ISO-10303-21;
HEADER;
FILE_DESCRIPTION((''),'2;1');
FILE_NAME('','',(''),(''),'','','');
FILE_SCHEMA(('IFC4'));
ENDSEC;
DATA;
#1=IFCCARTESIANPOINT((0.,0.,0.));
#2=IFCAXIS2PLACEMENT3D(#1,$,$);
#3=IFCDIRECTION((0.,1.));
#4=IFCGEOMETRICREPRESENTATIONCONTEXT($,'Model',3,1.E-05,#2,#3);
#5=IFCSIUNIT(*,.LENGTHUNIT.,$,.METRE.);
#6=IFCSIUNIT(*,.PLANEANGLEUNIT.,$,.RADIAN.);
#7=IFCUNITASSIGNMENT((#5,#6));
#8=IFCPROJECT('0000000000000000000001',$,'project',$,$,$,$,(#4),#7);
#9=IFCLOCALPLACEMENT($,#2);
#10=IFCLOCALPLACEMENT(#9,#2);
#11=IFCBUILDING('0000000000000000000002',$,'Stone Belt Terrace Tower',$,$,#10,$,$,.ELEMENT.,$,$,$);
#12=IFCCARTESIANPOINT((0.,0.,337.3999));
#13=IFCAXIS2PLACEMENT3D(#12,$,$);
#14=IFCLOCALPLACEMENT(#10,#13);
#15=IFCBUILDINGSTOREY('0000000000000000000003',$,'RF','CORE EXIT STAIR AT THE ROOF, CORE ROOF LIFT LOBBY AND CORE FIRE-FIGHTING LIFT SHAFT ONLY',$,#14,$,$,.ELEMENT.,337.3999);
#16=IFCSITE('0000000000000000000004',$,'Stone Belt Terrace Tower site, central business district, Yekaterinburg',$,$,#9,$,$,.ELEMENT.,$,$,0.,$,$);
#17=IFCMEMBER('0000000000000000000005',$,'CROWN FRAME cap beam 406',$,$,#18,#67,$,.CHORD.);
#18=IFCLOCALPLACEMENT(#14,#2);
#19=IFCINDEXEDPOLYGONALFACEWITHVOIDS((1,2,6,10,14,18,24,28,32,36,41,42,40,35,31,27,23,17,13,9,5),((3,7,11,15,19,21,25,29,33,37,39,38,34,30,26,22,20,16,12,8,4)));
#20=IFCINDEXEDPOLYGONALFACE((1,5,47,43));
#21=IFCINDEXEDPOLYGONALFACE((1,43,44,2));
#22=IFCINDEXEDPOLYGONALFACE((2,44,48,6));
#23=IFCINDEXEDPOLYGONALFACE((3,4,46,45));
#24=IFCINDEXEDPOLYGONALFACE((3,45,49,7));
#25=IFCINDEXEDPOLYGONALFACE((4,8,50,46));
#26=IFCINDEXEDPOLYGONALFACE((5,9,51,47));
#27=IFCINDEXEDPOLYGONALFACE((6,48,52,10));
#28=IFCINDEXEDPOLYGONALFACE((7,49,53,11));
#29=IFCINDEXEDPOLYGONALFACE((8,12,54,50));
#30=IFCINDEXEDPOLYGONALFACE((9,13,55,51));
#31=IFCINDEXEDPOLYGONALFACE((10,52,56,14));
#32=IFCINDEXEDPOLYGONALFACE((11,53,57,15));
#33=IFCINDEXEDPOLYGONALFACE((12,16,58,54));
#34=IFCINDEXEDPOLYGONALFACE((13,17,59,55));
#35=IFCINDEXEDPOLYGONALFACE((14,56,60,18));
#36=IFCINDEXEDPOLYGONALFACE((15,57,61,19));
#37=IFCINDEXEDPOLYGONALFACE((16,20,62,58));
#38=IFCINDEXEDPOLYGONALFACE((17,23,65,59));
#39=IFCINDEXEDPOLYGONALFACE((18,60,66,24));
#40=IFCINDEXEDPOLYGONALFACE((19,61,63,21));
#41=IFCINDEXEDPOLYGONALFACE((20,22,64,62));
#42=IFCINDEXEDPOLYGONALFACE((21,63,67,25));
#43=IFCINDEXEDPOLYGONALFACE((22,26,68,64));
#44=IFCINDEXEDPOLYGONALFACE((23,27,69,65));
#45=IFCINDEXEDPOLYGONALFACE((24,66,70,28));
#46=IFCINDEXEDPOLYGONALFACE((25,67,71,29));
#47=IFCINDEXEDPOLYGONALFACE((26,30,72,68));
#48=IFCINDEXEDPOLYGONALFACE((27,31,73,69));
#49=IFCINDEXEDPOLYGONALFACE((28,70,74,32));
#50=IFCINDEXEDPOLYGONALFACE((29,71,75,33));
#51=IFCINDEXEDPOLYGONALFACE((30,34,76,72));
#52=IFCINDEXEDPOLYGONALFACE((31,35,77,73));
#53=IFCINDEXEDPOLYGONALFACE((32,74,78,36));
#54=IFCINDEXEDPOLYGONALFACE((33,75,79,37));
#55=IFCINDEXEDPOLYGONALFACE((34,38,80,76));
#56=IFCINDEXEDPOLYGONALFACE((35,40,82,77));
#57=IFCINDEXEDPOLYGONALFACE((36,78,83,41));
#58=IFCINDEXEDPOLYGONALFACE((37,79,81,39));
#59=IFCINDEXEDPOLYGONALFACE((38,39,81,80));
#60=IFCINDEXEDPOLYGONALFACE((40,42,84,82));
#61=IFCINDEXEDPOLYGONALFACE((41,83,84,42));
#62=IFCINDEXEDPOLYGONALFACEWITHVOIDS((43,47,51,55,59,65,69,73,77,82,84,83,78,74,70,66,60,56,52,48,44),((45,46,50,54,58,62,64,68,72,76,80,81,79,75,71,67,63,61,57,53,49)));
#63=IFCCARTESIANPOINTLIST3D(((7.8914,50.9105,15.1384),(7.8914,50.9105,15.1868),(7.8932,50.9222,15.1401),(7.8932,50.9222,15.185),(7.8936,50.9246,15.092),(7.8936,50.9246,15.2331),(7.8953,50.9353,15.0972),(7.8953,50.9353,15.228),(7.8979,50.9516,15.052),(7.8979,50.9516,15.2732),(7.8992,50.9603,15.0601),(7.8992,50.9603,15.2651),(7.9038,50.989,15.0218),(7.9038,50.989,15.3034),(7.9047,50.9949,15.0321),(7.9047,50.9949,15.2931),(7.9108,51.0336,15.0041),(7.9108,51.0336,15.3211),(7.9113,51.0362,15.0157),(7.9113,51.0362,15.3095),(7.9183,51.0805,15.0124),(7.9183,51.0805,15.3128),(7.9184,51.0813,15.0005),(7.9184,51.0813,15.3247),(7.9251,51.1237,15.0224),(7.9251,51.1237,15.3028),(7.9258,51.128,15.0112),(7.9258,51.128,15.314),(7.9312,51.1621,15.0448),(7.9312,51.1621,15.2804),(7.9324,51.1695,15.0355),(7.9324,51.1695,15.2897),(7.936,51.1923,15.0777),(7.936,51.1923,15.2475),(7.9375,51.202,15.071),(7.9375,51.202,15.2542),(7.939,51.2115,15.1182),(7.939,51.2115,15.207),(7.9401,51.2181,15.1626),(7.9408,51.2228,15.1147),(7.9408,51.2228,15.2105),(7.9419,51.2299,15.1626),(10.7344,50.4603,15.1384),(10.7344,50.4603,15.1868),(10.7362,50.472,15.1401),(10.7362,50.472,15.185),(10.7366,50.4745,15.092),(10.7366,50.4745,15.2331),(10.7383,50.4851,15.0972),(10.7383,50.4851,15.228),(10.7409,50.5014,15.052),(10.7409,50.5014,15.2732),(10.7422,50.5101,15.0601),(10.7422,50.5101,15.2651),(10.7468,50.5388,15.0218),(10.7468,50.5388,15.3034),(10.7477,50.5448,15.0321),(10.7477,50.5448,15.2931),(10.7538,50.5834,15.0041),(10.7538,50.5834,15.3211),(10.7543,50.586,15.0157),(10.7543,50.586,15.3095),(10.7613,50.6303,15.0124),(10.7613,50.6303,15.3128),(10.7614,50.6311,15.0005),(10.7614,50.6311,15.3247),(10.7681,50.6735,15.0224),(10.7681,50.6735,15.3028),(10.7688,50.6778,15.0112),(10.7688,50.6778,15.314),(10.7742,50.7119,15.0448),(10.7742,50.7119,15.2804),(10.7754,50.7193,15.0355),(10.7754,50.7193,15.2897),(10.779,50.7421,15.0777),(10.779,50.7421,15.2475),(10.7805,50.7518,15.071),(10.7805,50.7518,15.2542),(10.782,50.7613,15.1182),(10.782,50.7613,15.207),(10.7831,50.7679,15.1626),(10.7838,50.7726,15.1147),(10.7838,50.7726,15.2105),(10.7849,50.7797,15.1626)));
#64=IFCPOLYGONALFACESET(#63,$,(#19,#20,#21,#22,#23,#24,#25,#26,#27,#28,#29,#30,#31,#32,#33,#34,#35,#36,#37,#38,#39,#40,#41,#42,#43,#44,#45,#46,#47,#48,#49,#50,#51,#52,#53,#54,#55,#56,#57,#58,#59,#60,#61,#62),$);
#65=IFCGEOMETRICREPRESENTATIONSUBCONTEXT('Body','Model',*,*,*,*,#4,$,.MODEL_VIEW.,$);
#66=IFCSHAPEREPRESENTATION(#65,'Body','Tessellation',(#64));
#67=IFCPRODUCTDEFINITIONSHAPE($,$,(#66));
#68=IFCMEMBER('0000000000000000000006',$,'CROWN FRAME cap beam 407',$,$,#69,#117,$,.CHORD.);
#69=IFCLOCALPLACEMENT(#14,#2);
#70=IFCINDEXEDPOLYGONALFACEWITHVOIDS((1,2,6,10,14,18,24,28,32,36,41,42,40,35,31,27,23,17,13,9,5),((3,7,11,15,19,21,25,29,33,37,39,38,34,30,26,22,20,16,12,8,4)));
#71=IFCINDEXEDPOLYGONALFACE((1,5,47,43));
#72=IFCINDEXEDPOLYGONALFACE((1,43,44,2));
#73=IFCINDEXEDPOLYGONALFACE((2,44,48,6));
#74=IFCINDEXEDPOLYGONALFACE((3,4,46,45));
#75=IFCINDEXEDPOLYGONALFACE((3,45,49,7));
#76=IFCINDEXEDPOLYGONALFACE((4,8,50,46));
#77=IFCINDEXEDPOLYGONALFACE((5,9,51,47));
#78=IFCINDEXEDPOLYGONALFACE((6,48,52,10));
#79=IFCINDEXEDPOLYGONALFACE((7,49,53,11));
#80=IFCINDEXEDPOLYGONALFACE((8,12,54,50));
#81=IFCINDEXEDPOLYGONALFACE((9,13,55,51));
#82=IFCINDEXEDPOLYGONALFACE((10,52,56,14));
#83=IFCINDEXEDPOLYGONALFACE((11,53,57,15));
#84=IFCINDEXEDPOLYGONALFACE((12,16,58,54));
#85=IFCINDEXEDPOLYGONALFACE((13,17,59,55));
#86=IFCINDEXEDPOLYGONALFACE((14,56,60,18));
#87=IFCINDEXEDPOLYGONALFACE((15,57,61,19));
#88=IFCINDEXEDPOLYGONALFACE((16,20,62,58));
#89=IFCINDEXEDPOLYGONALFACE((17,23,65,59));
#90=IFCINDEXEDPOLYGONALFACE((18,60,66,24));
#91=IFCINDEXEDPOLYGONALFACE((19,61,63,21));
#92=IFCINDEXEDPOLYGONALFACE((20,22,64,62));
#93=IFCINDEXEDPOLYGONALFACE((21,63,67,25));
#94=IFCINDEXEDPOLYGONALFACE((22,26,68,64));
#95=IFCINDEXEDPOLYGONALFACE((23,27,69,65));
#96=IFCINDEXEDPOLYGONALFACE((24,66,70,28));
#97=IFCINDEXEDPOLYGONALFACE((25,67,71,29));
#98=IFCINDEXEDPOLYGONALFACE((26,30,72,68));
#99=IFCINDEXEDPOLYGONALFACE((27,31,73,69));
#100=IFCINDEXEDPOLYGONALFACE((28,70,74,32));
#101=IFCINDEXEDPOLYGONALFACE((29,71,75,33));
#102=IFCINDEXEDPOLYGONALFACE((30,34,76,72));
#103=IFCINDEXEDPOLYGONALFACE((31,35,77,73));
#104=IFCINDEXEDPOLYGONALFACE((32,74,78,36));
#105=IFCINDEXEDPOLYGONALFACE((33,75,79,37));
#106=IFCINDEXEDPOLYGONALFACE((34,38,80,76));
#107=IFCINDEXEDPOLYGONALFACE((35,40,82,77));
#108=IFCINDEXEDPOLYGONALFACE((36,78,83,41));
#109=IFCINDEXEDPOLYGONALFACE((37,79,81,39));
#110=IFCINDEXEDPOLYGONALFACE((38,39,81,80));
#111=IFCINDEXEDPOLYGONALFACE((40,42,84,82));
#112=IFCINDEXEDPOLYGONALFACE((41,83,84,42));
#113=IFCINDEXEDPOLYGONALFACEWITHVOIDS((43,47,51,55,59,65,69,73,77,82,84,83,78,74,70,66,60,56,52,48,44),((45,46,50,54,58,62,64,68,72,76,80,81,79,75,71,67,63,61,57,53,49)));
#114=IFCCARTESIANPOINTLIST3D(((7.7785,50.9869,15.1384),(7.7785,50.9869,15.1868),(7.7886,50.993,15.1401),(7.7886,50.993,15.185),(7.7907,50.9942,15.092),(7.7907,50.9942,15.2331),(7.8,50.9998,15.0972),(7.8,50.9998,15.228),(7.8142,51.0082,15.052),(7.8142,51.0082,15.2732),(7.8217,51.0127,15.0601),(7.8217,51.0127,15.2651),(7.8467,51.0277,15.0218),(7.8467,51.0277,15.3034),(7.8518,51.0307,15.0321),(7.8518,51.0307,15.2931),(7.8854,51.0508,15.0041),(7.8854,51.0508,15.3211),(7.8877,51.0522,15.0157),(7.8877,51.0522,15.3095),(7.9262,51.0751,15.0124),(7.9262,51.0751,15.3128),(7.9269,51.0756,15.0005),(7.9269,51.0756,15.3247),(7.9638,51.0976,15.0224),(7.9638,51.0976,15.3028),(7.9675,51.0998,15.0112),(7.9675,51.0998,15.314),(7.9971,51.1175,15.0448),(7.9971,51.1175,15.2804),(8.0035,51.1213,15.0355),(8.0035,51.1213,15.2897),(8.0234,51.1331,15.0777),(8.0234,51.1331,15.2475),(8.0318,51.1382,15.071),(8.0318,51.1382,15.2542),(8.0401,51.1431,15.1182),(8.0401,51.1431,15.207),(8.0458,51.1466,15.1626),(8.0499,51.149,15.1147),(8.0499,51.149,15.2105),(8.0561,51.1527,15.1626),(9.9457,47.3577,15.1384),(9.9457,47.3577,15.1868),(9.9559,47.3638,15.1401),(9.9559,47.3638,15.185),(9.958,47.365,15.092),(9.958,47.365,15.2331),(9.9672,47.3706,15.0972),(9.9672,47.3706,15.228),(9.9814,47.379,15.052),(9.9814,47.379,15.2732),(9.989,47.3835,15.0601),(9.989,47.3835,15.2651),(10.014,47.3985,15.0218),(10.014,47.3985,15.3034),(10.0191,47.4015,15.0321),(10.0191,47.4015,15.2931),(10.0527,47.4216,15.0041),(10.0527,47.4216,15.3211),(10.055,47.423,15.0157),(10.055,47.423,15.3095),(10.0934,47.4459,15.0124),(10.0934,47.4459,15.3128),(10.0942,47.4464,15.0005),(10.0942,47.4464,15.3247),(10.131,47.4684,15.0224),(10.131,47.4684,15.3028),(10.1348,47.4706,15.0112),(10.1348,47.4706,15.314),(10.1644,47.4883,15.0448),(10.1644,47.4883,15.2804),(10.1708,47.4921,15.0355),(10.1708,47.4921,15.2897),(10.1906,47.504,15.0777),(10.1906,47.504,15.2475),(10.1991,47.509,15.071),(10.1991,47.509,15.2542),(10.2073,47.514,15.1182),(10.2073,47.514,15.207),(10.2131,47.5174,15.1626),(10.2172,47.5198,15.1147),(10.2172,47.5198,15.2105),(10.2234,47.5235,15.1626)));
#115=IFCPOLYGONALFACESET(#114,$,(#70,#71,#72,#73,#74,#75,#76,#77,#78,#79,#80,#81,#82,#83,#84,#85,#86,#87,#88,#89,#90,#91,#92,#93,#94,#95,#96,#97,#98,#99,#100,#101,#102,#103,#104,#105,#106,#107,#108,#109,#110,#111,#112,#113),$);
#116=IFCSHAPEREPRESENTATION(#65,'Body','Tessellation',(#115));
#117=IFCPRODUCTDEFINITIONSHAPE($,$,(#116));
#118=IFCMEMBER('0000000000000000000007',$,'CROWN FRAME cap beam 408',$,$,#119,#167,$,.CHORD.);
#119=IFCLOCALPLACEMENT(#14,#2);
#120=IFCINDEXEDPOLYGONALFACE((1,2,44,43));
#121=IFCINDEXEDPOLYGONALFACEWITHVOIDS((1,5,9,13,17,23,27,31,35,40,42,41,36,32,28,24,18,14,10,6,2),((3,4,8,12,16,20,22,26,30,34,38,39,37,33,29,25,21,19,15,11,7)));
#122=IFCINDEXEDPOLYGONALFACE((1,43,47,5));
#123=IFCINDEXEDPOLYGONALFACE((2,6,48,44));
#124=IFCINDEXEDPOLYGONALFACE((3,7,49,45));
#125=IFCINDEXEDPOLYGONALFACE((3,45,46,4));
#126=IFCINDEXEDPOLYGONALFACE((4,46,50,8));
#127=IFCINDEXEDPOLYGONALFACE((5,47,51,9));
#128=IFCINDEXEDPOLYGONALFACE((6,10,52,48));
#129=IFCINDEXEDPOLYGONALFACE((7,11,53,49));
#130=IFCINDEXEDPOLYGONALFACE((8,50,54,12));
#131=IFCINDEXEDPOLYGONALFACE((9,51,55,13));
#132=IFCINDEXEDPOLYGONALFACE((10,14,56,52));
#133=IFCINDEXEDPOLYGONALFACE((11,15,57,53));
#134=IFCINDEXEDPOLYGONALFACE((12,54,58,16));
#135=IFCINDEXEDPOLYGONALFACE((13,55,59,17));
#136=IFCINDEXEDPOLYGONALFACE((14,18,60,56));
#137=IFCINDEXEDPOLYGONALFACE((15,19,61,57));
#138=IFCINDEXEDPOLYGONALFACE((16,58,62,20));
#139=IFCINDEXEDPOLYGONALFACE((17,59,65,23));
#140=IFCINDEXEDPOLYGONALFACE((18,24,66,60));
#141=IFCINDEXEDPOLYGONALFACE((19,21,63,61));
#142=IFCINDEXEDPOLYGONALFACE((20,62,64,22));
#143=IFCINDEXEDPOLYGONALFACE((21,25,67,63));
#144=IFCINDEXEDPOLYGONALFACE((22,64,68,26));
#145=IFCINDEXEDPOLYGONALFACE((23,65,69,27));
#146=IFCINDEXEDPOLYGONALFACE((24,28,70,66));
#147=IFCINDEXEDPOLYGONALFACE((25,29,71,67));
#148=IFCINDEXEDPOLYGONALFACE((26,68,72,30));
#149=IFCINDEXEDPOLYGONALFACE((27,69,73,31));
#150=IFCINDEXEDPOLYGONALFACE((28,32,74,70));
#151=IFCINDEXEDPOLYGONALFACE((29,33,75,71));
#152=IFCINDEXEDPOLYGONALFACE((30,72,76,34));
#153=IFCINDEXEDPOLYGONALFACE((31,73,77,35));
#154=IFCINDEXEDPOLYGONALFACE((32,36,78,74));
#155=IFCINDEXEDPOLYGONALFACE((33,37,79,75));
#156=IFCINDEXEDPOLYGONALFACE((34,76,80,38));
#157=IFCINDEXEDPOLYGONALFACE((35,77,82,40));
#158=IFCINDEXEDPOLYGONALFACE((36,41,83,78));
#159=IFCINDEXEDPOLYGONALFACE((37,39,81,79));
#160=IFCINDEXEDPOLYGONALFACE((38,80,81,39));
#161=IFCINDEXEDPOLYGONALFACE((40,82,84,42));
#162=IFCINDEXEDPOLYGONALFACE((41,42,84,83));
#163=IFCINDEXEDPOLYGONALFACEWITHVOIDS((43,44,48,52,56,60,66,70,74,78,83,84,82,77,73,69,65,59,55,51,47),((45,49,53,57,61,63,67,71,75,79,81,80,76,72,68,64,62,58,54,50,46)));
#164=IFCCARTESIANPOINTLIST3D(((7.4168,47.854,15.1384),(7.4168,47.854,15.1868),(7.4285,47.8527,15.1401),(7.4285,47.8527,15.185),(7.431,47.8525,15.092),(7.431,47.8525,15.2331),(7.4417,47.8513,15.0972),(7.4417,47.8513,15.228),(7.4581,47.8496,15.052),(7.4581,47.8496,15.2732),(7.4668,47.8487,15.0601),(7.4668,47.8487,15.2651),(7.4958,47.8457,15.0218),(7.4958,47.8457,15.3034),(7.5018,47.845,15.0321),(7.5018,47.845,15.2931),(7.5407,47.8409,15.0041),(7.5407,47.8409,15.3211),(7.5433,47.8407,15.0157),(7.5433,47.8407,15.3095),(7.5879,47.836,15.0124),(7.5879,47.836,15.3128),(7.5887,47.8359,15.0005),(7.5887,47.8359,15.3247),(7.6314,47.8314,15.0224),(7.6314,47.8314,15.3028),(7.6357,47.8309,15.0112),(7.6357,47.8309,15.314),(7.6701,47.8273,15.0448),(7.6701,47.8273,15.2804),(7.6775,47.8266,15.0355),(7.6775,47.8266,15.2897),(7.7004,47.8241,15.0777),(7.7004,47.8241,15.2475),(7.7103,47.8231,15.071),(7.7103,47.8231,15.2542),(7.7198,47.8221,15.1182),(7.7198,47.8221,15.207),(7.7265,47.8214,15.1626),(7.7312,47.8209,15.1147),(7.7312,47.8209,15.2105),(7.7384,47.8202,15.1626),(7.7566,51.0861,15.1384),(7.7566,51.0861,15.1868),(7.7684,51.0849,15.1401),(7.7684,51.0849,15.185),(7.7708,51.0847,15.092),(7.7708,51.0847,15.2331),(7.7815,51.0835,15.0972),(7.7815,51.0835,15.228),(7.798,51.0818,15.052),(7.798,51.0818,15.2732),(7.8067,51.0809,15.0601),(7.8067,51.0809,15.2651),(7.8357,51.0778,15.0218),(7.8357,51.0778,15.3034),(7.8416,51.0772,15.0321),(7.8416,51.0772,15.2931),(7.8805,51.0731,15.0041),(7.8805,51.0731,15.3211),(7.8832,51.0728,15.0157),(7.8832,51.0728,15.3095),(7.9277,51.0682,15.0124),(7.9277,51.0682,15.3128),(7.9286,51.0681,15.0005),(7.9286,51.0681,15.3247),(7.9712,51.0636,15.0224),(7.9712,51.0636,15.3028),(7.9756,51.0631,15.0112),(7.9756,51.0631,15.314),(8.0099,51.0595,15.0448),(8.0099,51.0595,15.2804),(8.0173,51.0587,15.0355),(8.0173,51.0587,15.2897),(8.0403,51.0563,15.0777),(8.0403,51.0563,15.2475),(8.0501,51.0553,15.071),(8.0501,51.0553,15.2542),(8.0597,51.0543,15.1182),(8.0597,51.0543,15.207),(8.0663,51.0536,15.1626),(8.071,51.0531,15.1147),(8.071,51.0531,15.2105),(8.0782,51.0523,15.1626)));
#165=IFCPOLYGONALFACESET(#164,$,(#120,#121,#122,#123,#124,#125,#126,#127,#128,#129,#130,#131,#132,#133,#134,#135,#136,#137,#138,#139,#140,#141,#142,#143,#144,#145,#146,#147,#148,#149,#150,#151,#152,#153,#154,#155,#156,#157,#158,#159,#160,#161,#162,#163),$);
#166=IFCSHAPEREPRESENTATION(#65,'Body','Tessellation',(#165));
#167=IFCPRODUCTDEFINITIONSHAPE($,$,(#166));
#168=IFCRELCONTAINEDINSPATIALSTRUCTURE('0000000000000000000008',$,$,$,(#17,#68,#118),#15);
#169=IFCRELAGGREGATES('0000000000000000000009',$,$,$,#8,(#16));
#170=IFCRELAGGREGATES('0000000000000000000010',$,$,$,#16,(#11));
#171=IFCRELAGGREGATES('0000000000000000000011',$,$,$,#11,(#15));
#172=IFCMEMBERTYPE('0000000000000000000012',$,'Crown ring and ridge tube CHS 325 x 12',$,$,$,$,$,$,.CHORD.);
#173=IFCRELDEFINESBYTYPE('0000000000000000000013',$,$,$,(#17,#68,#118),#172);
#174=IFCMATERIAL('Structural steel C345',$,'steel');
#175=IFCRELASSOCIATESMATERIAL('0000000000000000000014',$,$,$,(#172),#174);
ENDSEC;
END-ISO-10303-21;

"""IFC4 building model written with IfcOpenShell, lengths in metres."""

from ifc_helpers import new_model, si_unit, direction, frame, origin, origin_2d, place, context, subcontext, project, spatial, hollow_circle, extrude, material, material_profile, profile_set, type_object, element, save


model = new_model("IFC4")

# Units and contexts
model_context = context("Model", 3, precision=1e-05, world=origin(), true_north=direction((0.0, 1.0)))
body_context = subcontext(model_context, "Body", "Model", "MODEL_VIEW")
ifc_project = project(units=[si_unit("LENGTHUNIT", "METRE"), si_unit("PLANEANGLEUNIT", "RADIAN")], contexts=[model_context])

# Site, building, storey
site_placement = place(None, origin())
site = spatial("IfcSite", under=ifc_project, at=site_placement, Name="Stone Belt Terrace Tower site, central business district, Yekaterinburg", CompositionType="ELEMENT", RefElevation=0.0)
building_placement = place(site_placement, origin())
building = spatial("IfcBuilding", under=site, at=building_placement, Name="Stone Belt Terrace Tower", CompositionType="ELEMENT")
storey_placement = place(building_placement, frame((0.0, 0.0, 337.3999)))
storey = spatial("IfcBuildingStorey", under=building, at=storey_placement, Name="RF", Description="CORE EXIT STAIR AT THE ROOF, CORE ROOF LIFT LOBBY AND CORE FIRE-FIGHTING LIFT SHAFT ONLY", CompositionType="ELEMENT", Elevation=337.3999)

# Members
ifc_material_1 = material(Name="Structural steel C345", Category="steel")
ifc_material_profile_1 = material_profile(ifc_material_1, hollow_circle(Radius=0.1626, WallThickness=0.012, at=origin_2d()), Name="Structural steel C345 CHS 325x12")
ifc_profile_set_1 = profile_set([ifc_material_profile_1], Name="Structural steel C345")
member_type_1 = type_object("IfcMemberType", Name="Crown ring and ridge tube CHS 325 x 12", PredefinedType="CHORD", material=ifc_profile_set_1)
member_1_placement = place(storey_placement, frame((7.9165, 51.0693, 15.1626), z_axis=(0.987693, -0.156402, 0.0), x_axis=(0.156402, 0.987693, 0.0)))
element("IfcMember", 1, at=member_1_placement, inside=storey, type_object=member_type_1, Name="CROWN FRAME cap beam 406", PredefinedType="CHORD", context=body_context, shape_type="SweptSolid", body=[
    extrude(hollow_circle(Radius=0.1626, WallThickness=0.012, at=origin_2d()), origin(), (0.0, 0.0, 1.0), 2.8784),
])
member_2_placement = place(storey_placement, frame((7.9165, 51.0693, 15.1626), z_axis=(0.512711, -0.858561, 0.0), x_axis=(0.858561, 0.512711, 0.0)))
element("IfcMember", 2, at=member_2_placement, inside=storey, type_object=member_type_1, Name="CROWN FRAME cap beam 407", PredefinedType="CHORD", context=body_context, shape_type="SweptSolid", body=[
    extrude(hollow_circle(Radius=0.1626, WallThickness=0.012, at=origin_2d()), origin(), (0.0, 0.0, 1.0), 4.2271),
])
for number, where, z_axis, x_axis, name in (
    (3, (7.9165, 51.0693, 15.1626), (-0.104567, -0.994518, 0.0), (0.994518, -0.104567, 0.0), "CROWN FRAME cap beam 408"),
):
    element("IfcMember", number, at=place(storey_placement, frame(where, z_axis=z_axis, x_axis=x_axis)), inside=storey, type_object=member_type_1, Name=name, PredefinedType="CHORD", context=body_context, shape_type="SweptSolid", body=[
        extrude(hollow_circle(Radius=0.1626, WallThickness=0.012, at=origin_2d()), origin(), (0.0, 0.0, 1.0), 3.25),
    ])

save(model, "model.ifc")
